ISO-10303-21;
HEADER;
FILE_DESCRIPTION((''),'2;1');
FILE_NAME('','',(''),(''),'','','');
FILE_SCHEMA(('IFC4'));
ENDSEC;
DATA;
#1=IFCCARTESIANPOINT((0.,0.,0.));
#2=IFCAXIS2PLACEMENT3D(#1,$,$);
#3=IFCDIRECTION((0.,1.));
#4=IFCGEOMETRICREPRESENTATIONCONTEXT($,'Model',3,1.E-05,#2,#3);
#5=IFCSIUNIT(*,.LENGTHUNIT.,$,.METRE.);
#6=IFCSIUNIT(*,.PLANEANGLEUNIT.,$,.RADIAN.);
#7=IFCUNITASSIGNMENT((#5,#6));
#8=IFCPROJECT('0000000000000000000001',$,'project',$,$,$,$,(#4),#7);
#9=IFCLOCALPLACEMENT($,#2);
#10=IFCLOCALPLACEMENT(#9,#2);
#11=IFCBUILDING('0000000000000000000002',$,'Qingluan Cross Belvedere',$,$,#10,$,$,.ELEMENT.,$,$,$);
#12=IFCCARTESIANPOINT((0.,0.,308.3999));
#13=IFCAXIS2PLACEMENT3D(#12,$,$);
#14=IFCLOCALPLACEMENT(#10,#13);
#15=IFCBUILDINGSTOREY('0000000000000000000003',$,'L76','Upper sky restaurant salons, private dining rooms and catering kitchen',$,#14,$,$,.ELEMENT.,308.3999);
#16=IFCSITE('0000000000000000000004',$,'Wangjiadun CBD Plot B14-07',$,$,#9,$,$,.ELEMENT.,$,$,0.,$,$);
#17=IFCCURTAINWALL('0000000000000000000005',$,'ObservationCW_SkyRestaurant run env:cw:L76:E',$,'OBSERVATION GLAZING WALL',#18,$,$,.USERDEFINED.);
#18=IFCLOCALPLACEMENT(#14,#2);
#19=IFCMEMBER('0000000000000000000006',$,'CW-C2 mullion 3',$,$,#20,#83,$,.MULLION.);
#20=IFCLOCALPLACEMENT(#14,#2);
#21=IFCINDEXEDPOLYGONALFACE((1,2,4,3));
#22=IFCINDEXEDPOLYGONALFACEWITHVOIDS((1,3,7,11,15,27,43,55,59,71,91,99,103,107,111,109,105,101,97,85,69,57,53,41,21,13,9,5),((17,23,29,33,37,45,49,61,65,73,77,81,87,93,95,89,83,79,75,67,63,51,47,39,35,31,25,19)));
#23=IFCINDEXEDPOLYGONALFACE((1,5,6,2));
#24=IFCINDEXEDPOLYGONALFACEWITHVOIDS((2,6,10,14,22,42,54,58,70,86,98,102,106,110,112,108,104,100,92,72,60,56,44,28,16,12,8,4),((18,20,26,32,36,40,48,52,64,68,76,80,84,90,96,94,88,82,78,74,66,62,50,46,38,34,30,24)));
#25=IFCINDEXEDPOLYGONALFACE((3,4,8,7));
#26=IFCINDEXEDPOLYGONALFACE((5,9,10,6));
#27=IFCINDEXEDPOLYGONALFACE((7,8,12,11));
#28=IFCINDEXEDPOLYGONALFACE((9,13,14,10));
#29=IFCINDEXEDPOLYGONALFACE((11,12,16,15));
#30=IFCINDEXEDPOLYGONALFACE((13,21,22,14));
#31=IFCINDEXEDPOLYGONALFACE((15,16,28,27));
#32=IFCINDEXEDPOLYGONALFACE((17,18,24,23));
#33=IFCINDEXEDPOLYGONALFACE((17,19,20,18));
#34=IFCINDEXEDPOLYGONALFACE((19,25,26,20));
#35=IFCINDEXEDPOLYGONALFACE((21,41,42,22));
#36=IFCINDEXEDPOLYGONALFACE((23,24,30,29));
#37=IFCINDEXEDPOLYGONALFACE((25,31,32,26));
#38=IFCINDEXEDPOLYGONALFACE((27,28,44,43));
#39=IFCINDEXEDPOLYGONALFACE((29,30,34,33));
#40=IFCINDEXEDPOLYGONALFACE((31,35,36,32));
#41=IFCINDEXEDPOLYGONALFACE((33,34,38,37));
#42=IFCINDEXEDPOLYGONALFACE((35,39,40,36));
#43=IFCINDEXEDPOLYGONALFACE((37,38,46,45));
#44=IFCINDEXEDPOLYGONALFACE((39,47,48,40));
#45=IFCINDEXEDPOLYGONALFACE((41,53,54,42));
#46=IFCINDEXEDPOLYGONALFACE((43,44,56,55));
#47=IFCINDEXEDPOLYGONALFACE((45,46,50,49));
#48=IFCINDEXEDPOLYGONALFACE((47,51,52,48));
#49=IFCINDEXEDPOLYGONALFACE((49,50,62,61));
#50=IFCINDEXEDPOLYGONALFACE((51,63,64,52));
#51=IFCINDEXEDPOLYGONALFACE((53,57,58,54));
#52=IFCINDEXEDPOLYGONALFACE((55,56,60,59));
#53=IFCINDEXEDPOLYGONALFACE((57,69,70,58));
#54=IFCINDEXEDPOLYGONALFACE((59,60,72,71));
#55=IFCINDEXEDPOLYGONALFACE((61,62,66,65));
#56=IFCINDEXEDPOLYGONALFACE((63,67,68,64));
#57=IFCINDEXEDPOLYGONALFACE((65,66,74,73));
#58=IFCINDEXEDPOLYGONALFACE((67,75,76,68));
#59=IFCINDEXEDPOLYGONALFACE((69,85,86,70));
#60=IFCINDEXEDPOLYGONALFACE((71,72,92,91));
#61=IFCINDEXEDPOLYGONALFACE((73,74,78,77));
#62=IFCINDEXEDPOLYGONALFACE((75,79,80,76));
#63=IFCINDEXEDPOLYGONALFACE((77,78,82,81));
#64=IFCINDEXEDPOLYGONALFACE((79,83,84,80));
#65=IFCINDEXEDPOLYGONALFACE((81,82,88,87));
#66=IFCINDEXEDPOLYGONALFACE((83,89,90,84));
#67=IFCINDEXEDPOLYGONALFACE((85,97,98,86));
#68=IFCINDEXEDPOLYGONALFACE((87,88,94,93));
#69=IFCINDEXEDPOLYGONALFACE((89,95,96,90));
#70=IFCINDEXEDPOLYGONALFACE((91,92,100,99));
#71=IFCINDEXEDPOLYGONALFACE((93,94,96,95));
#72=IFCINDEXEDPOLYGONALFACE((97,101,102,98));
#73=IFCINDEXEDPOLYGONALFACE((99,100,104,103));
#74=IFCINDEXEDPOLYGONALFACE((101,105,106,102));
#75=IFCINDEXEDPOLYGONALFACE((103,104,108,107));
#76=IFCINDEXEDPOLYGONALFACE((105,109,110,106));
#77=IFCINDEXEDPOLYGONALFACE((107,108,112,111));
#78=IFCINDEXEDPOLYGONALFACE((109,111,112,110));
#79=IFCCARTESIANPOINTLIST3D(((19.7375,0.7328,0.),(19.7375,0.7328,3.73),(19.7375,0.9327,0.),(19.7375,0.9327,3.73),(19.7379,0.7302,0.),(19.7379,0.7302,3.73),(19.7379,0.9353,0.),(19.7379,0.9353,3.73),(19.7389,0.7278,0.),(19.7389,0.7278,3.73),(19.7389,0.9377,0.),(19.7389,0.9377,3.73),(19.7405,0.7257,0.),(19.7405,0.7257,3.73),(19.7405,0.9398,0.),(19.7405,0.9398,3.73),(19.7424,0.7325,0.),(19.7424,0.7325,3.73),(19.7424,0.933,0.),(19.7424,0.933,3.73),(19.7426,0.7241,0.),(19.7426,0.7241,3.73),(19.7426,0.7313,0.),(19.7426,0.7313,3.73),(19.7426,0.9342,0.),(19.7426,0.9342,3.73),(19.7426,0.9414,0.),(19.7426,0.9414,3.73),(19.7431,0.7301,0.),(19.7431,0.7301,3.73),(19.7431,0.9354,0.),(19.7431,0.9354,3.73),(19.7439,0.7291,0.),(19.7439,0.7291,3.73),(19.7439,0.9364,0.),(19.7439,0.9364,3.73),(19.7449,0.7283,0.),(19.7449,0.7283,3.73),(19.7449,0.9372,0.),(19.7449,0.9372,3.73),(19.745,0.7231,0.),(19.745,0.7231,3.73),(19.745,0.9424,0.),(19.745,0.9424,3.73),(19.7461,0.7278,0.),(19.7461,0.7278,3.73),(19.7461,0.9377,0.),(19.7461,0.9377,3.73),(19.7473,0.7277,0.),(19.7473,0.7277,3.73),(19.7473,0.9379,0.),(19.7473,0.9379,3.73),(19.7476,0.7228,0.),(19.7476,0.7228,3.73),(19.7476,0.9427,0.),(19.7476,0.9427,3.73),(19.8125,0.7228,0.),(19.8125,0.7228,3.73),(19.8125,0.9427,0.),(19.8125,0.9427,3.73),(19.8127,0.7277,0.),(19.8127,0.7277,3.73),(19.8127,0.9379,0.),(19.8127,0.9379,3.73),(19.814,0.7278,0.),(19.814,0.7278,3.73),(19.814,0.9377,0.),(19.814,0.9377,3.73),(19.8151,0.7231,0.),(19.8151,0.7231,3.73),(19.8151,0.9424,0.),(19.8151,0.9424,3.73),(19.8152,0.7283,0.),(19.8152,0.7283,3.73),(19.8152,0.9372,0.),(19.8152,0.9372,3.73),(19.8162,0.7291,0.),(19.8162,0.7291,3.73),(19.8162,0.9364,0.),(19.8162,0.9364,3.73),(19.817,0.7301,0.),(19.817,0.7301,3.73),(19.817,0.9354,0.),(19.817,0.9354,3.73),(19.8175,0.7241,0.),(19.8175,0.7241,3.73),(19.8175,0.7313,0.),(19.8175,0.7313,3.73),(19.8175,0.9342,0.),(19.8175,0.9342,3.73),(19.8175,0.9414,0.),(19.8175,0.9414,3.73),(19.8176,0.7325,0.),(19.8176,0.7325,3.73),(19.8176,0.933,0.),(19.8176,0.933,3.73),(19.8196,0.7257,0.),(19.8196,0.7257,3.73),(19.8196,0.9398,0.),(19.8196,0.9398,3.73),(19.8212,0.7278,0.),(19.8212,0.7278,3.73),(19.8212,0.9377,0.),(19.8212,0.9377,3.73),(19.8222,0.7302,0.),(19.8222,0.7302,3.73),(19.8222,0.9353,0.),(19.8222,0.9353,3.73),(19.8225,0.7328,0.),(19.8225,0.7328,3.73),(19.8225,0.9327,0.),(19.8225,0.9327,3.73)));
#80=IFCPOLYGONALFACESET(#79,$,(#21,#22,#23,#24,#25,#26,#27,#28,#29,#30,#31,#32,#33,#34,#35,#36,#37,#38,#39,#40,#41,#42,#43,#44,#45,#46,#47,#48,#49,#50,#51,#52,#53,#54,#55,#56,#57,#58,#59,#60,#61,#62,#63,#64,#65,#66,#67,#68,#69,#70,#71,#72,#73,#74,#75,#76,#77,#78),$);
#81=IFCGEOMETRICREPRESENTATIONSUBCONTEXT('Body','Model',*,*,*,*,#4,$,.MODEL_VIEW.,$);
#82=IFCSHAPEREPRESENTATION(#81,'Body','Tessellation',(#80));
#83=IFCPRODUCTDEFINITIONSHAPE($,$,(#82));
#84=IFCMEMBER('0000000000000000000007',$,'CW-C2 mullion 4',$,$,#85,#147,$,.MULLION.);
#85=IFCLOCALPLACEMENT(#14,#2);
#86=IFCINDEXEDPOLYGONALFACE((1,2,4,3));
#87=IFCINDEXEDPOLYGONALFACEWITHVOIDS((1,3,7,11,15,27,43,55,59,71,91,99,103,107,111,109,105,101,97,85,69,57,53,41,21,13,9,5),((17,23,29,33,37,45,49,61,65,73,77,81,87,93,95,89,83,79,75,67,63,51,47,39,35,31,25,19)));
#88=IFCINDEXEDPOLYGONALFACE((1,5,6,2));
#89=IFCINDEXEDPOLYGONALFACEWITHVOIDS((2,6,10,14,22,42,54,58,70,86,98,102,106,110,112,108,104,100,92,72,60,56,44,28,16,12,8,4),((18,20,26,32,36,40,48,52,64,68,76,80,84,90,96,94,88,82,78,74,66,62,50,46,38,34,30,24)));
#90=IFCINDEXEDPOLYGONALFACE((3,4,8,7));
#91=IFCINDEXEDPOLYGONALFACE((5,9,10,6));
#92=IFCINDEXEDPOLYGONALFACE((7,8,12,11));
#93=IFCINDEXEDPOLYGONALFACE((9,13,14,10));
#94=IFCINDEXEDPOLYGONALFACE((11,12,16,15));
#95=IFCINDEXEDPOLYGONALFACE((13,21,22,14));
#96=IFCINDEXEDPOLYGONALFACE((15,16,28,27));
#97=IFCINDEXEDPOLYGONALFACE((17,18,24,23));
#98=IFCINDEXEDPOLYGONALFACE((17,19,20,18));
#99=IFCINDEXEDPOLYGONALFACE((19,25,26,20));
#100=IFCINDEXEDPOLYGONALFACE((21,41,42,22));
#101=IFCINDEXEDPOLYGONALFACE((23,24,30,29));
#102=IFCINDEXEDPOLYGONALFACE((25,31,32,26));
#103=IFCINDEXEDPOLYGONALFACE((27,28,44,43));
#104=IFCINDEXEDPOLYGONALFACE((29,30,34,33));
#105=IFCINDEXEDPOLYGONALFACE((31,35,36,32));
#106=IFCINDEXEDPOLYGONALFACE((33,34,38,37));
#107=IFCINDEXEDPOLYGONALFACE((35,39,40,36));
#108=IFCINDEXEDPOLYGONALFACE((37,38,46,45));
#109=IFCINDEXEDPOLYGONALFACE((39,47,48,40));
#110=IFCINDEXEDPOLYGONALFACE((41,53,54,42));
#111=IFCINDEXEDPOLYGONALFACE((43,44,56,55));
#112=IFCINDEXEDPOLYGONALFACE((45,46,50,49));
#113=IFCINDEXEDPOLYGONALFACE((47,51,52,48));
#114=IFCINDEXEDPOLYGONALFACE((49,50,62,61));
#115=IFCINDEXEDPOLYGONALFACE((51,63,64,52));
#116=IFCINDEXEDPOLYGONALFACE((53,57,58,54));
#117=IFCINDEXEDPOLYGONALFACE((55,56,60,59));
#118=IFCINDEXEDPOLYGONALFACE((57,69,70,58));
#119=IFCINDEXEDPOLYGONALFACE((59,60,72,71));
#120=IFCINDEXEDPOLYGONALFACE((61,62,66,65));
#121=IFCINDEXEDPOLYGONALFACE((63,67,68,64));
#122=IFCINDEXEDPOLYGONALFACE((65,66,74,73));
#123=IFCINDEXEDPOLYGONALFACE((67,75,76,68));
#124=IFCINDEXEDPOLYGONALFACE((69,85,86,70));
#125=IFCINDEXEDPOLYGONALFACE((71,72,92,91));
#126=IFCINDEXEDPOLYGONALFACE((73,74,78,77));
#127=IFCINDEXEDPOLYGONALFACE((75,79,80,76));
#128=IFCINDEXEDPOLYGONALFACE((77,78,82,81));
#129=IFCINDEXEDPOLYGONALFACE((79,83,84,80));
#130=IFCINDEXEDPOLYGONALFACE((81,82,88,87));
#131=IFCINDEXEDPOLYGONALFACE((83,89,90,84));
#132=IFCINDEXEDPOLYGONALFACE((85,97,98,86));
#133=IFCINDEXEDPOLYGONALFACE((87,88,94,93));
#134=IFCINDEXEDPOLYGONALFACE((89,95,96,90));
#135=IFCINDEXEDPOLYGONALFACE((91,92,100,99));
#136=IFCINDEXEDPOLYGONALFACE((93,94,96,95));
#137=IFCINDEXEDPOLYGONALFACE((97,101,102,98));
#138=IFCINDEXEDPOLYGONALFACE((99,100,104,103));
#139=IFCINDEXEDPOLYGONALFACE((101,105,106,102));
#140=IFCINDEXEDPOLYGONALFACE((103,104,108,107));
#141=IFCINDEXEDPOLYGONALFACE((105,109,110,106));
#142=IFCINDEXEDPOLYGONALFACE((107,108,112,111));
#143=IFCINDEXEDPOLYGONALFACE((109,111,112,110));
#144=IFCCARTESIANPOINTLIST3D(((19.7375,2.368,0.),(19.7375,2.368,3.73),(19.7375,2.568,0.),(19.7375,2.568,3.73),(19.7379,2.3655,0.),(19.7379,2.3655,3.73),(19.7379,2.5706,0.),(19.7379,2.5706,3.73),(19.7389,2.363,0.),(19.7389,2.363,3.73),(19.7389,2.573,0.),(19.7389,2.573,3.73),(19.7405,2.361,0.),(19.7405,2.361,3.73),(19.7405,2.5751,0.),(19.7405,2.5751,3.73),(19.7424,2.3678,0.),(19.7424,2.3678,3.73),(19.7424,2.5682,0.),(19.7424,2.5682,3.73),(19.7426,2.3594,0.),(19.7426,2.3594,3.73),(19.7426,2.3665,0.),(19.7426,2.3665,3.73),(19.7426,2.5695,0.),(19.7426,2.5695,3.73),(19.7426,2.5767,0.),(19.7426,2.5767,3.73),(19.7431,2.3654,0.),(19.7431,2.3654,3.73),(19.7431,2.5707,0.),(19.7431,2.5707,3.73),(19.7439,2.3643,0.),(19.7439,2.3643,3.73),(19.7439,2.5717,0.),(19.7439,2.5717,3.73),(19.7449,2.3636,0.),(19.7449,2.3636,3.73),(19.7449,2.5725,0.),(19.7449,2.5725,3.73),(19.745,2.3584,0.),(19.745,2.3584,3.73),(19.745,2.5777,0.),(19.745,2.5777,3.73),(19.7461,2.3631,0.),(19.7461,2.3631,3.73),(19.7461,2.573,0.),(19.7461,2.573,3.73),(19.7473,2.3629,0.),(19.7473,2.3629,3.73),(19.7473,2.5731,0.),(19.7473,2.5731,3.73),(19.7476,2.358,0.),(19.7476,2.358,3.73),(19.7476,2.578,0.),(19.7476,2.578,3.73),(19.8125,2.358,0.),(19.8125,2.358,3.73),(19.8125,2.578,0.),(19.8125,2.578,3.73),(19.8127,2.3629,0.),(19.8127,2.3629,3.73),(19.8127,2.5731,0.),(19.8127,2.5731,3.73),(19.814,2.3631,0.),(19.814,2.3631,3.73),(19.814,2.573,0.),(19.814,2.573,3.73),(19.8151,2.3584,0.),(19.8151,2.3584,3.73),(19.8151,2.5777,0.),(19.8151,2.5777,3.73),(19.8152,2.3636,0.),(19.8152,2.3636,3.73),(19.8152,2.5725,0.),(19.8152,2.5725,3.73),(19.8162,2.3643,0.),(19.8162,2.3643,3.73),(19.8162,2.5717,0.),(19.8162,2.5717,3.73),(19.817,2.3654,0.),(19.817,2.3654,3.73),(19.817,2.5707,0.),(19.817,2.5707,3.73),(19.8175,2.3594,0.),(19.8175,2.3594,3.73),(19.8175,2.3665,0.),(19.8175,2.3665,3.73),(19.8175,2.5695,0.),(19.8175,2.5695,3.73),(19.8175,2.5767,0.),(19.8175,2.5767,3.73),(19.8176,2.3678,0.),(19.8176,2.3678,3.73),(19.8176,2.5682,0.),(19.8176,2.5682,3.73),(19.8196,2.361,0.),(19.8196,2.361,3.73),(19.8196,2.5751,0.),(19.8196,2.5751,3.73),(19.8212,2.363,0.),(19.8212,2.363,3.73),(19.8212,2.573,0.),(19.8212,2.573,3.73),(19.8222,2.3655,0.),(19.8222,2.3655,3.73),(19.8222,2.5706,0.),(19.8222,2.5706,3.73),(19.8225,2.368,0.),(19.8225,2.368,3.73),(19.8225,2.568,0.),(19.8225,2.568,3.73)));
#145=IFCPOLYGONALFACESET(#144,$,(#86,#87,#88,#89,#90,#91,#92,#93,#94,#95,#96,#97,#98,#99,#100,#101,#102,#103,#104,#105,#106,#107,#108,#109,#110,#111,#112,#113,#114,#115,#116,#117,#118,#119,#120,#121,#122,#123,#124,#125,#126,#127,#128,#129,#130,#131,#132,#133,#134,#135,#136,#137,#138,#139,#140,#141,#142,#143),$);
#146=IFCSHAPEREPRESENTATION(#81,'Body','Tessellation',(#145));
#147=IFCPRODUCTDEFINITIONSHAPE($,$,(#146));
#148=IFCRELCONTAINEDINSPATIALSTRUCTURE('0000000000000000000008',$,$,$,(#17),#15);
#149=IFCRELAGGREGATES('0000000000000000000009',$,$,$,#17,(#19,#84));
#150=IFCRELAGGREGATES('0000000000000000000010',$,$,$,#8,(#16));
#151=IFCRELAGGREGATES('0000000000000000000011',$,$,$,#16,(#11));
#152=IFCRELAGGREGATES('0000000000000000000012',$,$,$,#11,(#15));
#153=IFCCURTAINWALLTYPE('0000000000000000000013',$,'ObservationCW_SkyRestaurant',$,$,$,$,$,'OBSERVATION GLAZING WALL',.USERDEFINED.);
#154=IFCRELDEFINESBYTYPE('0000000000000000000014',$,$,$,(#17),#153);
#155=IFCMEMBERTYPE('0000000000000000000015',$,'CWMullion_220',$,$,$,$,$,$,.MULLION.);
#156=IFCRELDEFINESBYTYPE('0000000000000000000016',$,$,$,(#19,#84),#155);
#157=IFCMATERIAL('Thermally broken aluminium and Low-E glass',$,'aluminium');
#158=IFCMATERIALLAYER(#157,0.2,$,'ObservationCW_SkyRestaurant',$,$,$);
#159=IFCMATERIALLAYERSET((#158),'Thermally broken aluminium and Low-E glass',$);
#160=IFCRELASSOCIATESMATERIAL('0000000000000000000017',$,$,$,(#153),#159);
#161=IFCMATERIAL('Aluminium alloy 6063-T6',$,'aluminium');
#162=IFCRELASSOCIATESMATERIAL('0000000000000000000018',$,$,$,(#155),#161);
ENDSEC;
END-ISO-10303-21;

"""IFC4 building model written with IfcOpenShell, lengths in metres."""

from ifc_helpers import new_model, si_unit, direction, frame, origin, origin_2d, place, context, subcontext, project, spatial, hollow_rectangle, extrude, material, layer, layer_set, material_profile, profile_set, type_object, element, aggregate, save


model = new_model("IFC4")

# Units and contexts
model_context = context("Model", 3, precision=1e-05, world=origin(), true_north=direction((0.0, 1.0)))
body_context = subcontext(model_context, "Body", "Model", "MODEL_VIEW")
ifc_project = project(units=[si_unit("LENGTHUNIT", "METRE"), si_unit("PLANEANGLEUNIT", "RADIAN")], contexts=[model_context])

# Site, building, storey
site_placement = place(None, origin())
site = spatial("IfcSite", under=ifc_project, at=site_placement, Name="Wangjiadun CBD Plot B14-07", CompositionType="ELEMENT", RefElevation=0.0)
building_placement = place(site_placement, origin())
building = spatial("IfcBuilding", under=site, at=building_placement, Name="Qingluan Cross Belvedere", CompositionType="ELEMENT")
storey_placement = place(building_placement, frame((0.0, 0.0, 308.3999)))
storey = spatial("IfcBuildingStorey", under=building, at=storey_placement, Name="L76", Description="Upper sky restaurant salons, private dining rooms and catering kitchen", CompositionType="ELEMENT", Elevation=308.3999)

# Curtain wall, members
ifc_material_1 = material(Name="Thermally broken aluminium and Low-E glass", Category="aluminium")
ifc_layer_1 = layer(ifc_material_1, 0.2, Name="ObservationCW_SkyRestaurant")
ifc_layer_set_1 = layer_set([ifc_layer_1], Name="Thermally broken aluminium and Low-E glass")
curtain_wall_type = type_object("IfcCurtainWallType", Name="ObservationCW_SkyRestaurant", ElementType="OBSERVATION GLAZING WALL", PredefinedType="USERDEFINED", material=ifc_layer_set_1)
curtain_wall_placement = place(storey_placement, origin())
curtain_wall = element("IfcCurtainWall", 1, at=curtain_wall_placement, inside=storey, type_object=curtain_wall_type, Name="ObservationCW_SkyRestaurant run env:cw:L76:E", ObjectType="OBSERVATION GLAZING WALL", PredefinedType="USERDEFINED")
ifc_material_2 = material(Name="Aluminium alloy 6063-T6", Category="aluminium")
ifc_material_profile_1 = material_profile(ifc_material_2, hollow_rectangle(XDim=0.085, YDim=0.22, WallThickness=0.0049, InnerFilletRadius=0.0049, OuterFilletRadius=0.01, at=origin_2d()), Name="CWM220x85x5")
ifc_profile_set_1 = profile_set([ifc_material_profile_1], Name="Aluminium alloy 6063-T6")
member_type_1 = type_object("IfcMemberType", Name="CWMullion_220", PredefinedType="MULLION", material=ifc_profile_set_1)
member_1_placement = place(storey_placement, frame((19.78, 0.8328, 0.0), z_axis=(0.0, 0.0, 1.0), x_axis=(-1.0, 0.0, 0.0)))
member_1 = element("IfcMember", 2, at=member_1_placement, type_object=member_type_1, Name="CW-C2 mullion 3", PredefinedType="MULLION", context=body_context, shape_type="SweptSolid", body=[
    extrude(hollow_rectangle(XDim=0.085, YDim=0.22, WallThickness=0.0049, InnerFilletRadius=0.0049, OuterFilletRadius=0.01, at=origin_2d()), origin(), (0.0, 0.0, 1.0), 3.73),
])
member_2_placement = place(storey_placement, frame((19.78, 2.468, 0.0), z_axis=(0.0, 0.0, 1.0), x_axis=(-1.0, 0.0, 0.0)))
member_2 = element("IfcMember", 3, at=member_2_placement, type_object=member_type_1, Name="CW-C2 mullion 4", PredefinedType="MULLION", context=body_context, shape_type="SweptSolid", body=[
    extrude(hollow_rectangle(XDim=0.085, YDim=0.22, WallThickness=0.0049, InnerFilletRadius=0.0049, OuterFilletRadius=0.01, at=origin_2d()), origin(), (0.0, 0.0, 1.0), 3.73),
])
aggregate(curtain_wall, [member_1, member_2])

save(model, "model.ifc")
